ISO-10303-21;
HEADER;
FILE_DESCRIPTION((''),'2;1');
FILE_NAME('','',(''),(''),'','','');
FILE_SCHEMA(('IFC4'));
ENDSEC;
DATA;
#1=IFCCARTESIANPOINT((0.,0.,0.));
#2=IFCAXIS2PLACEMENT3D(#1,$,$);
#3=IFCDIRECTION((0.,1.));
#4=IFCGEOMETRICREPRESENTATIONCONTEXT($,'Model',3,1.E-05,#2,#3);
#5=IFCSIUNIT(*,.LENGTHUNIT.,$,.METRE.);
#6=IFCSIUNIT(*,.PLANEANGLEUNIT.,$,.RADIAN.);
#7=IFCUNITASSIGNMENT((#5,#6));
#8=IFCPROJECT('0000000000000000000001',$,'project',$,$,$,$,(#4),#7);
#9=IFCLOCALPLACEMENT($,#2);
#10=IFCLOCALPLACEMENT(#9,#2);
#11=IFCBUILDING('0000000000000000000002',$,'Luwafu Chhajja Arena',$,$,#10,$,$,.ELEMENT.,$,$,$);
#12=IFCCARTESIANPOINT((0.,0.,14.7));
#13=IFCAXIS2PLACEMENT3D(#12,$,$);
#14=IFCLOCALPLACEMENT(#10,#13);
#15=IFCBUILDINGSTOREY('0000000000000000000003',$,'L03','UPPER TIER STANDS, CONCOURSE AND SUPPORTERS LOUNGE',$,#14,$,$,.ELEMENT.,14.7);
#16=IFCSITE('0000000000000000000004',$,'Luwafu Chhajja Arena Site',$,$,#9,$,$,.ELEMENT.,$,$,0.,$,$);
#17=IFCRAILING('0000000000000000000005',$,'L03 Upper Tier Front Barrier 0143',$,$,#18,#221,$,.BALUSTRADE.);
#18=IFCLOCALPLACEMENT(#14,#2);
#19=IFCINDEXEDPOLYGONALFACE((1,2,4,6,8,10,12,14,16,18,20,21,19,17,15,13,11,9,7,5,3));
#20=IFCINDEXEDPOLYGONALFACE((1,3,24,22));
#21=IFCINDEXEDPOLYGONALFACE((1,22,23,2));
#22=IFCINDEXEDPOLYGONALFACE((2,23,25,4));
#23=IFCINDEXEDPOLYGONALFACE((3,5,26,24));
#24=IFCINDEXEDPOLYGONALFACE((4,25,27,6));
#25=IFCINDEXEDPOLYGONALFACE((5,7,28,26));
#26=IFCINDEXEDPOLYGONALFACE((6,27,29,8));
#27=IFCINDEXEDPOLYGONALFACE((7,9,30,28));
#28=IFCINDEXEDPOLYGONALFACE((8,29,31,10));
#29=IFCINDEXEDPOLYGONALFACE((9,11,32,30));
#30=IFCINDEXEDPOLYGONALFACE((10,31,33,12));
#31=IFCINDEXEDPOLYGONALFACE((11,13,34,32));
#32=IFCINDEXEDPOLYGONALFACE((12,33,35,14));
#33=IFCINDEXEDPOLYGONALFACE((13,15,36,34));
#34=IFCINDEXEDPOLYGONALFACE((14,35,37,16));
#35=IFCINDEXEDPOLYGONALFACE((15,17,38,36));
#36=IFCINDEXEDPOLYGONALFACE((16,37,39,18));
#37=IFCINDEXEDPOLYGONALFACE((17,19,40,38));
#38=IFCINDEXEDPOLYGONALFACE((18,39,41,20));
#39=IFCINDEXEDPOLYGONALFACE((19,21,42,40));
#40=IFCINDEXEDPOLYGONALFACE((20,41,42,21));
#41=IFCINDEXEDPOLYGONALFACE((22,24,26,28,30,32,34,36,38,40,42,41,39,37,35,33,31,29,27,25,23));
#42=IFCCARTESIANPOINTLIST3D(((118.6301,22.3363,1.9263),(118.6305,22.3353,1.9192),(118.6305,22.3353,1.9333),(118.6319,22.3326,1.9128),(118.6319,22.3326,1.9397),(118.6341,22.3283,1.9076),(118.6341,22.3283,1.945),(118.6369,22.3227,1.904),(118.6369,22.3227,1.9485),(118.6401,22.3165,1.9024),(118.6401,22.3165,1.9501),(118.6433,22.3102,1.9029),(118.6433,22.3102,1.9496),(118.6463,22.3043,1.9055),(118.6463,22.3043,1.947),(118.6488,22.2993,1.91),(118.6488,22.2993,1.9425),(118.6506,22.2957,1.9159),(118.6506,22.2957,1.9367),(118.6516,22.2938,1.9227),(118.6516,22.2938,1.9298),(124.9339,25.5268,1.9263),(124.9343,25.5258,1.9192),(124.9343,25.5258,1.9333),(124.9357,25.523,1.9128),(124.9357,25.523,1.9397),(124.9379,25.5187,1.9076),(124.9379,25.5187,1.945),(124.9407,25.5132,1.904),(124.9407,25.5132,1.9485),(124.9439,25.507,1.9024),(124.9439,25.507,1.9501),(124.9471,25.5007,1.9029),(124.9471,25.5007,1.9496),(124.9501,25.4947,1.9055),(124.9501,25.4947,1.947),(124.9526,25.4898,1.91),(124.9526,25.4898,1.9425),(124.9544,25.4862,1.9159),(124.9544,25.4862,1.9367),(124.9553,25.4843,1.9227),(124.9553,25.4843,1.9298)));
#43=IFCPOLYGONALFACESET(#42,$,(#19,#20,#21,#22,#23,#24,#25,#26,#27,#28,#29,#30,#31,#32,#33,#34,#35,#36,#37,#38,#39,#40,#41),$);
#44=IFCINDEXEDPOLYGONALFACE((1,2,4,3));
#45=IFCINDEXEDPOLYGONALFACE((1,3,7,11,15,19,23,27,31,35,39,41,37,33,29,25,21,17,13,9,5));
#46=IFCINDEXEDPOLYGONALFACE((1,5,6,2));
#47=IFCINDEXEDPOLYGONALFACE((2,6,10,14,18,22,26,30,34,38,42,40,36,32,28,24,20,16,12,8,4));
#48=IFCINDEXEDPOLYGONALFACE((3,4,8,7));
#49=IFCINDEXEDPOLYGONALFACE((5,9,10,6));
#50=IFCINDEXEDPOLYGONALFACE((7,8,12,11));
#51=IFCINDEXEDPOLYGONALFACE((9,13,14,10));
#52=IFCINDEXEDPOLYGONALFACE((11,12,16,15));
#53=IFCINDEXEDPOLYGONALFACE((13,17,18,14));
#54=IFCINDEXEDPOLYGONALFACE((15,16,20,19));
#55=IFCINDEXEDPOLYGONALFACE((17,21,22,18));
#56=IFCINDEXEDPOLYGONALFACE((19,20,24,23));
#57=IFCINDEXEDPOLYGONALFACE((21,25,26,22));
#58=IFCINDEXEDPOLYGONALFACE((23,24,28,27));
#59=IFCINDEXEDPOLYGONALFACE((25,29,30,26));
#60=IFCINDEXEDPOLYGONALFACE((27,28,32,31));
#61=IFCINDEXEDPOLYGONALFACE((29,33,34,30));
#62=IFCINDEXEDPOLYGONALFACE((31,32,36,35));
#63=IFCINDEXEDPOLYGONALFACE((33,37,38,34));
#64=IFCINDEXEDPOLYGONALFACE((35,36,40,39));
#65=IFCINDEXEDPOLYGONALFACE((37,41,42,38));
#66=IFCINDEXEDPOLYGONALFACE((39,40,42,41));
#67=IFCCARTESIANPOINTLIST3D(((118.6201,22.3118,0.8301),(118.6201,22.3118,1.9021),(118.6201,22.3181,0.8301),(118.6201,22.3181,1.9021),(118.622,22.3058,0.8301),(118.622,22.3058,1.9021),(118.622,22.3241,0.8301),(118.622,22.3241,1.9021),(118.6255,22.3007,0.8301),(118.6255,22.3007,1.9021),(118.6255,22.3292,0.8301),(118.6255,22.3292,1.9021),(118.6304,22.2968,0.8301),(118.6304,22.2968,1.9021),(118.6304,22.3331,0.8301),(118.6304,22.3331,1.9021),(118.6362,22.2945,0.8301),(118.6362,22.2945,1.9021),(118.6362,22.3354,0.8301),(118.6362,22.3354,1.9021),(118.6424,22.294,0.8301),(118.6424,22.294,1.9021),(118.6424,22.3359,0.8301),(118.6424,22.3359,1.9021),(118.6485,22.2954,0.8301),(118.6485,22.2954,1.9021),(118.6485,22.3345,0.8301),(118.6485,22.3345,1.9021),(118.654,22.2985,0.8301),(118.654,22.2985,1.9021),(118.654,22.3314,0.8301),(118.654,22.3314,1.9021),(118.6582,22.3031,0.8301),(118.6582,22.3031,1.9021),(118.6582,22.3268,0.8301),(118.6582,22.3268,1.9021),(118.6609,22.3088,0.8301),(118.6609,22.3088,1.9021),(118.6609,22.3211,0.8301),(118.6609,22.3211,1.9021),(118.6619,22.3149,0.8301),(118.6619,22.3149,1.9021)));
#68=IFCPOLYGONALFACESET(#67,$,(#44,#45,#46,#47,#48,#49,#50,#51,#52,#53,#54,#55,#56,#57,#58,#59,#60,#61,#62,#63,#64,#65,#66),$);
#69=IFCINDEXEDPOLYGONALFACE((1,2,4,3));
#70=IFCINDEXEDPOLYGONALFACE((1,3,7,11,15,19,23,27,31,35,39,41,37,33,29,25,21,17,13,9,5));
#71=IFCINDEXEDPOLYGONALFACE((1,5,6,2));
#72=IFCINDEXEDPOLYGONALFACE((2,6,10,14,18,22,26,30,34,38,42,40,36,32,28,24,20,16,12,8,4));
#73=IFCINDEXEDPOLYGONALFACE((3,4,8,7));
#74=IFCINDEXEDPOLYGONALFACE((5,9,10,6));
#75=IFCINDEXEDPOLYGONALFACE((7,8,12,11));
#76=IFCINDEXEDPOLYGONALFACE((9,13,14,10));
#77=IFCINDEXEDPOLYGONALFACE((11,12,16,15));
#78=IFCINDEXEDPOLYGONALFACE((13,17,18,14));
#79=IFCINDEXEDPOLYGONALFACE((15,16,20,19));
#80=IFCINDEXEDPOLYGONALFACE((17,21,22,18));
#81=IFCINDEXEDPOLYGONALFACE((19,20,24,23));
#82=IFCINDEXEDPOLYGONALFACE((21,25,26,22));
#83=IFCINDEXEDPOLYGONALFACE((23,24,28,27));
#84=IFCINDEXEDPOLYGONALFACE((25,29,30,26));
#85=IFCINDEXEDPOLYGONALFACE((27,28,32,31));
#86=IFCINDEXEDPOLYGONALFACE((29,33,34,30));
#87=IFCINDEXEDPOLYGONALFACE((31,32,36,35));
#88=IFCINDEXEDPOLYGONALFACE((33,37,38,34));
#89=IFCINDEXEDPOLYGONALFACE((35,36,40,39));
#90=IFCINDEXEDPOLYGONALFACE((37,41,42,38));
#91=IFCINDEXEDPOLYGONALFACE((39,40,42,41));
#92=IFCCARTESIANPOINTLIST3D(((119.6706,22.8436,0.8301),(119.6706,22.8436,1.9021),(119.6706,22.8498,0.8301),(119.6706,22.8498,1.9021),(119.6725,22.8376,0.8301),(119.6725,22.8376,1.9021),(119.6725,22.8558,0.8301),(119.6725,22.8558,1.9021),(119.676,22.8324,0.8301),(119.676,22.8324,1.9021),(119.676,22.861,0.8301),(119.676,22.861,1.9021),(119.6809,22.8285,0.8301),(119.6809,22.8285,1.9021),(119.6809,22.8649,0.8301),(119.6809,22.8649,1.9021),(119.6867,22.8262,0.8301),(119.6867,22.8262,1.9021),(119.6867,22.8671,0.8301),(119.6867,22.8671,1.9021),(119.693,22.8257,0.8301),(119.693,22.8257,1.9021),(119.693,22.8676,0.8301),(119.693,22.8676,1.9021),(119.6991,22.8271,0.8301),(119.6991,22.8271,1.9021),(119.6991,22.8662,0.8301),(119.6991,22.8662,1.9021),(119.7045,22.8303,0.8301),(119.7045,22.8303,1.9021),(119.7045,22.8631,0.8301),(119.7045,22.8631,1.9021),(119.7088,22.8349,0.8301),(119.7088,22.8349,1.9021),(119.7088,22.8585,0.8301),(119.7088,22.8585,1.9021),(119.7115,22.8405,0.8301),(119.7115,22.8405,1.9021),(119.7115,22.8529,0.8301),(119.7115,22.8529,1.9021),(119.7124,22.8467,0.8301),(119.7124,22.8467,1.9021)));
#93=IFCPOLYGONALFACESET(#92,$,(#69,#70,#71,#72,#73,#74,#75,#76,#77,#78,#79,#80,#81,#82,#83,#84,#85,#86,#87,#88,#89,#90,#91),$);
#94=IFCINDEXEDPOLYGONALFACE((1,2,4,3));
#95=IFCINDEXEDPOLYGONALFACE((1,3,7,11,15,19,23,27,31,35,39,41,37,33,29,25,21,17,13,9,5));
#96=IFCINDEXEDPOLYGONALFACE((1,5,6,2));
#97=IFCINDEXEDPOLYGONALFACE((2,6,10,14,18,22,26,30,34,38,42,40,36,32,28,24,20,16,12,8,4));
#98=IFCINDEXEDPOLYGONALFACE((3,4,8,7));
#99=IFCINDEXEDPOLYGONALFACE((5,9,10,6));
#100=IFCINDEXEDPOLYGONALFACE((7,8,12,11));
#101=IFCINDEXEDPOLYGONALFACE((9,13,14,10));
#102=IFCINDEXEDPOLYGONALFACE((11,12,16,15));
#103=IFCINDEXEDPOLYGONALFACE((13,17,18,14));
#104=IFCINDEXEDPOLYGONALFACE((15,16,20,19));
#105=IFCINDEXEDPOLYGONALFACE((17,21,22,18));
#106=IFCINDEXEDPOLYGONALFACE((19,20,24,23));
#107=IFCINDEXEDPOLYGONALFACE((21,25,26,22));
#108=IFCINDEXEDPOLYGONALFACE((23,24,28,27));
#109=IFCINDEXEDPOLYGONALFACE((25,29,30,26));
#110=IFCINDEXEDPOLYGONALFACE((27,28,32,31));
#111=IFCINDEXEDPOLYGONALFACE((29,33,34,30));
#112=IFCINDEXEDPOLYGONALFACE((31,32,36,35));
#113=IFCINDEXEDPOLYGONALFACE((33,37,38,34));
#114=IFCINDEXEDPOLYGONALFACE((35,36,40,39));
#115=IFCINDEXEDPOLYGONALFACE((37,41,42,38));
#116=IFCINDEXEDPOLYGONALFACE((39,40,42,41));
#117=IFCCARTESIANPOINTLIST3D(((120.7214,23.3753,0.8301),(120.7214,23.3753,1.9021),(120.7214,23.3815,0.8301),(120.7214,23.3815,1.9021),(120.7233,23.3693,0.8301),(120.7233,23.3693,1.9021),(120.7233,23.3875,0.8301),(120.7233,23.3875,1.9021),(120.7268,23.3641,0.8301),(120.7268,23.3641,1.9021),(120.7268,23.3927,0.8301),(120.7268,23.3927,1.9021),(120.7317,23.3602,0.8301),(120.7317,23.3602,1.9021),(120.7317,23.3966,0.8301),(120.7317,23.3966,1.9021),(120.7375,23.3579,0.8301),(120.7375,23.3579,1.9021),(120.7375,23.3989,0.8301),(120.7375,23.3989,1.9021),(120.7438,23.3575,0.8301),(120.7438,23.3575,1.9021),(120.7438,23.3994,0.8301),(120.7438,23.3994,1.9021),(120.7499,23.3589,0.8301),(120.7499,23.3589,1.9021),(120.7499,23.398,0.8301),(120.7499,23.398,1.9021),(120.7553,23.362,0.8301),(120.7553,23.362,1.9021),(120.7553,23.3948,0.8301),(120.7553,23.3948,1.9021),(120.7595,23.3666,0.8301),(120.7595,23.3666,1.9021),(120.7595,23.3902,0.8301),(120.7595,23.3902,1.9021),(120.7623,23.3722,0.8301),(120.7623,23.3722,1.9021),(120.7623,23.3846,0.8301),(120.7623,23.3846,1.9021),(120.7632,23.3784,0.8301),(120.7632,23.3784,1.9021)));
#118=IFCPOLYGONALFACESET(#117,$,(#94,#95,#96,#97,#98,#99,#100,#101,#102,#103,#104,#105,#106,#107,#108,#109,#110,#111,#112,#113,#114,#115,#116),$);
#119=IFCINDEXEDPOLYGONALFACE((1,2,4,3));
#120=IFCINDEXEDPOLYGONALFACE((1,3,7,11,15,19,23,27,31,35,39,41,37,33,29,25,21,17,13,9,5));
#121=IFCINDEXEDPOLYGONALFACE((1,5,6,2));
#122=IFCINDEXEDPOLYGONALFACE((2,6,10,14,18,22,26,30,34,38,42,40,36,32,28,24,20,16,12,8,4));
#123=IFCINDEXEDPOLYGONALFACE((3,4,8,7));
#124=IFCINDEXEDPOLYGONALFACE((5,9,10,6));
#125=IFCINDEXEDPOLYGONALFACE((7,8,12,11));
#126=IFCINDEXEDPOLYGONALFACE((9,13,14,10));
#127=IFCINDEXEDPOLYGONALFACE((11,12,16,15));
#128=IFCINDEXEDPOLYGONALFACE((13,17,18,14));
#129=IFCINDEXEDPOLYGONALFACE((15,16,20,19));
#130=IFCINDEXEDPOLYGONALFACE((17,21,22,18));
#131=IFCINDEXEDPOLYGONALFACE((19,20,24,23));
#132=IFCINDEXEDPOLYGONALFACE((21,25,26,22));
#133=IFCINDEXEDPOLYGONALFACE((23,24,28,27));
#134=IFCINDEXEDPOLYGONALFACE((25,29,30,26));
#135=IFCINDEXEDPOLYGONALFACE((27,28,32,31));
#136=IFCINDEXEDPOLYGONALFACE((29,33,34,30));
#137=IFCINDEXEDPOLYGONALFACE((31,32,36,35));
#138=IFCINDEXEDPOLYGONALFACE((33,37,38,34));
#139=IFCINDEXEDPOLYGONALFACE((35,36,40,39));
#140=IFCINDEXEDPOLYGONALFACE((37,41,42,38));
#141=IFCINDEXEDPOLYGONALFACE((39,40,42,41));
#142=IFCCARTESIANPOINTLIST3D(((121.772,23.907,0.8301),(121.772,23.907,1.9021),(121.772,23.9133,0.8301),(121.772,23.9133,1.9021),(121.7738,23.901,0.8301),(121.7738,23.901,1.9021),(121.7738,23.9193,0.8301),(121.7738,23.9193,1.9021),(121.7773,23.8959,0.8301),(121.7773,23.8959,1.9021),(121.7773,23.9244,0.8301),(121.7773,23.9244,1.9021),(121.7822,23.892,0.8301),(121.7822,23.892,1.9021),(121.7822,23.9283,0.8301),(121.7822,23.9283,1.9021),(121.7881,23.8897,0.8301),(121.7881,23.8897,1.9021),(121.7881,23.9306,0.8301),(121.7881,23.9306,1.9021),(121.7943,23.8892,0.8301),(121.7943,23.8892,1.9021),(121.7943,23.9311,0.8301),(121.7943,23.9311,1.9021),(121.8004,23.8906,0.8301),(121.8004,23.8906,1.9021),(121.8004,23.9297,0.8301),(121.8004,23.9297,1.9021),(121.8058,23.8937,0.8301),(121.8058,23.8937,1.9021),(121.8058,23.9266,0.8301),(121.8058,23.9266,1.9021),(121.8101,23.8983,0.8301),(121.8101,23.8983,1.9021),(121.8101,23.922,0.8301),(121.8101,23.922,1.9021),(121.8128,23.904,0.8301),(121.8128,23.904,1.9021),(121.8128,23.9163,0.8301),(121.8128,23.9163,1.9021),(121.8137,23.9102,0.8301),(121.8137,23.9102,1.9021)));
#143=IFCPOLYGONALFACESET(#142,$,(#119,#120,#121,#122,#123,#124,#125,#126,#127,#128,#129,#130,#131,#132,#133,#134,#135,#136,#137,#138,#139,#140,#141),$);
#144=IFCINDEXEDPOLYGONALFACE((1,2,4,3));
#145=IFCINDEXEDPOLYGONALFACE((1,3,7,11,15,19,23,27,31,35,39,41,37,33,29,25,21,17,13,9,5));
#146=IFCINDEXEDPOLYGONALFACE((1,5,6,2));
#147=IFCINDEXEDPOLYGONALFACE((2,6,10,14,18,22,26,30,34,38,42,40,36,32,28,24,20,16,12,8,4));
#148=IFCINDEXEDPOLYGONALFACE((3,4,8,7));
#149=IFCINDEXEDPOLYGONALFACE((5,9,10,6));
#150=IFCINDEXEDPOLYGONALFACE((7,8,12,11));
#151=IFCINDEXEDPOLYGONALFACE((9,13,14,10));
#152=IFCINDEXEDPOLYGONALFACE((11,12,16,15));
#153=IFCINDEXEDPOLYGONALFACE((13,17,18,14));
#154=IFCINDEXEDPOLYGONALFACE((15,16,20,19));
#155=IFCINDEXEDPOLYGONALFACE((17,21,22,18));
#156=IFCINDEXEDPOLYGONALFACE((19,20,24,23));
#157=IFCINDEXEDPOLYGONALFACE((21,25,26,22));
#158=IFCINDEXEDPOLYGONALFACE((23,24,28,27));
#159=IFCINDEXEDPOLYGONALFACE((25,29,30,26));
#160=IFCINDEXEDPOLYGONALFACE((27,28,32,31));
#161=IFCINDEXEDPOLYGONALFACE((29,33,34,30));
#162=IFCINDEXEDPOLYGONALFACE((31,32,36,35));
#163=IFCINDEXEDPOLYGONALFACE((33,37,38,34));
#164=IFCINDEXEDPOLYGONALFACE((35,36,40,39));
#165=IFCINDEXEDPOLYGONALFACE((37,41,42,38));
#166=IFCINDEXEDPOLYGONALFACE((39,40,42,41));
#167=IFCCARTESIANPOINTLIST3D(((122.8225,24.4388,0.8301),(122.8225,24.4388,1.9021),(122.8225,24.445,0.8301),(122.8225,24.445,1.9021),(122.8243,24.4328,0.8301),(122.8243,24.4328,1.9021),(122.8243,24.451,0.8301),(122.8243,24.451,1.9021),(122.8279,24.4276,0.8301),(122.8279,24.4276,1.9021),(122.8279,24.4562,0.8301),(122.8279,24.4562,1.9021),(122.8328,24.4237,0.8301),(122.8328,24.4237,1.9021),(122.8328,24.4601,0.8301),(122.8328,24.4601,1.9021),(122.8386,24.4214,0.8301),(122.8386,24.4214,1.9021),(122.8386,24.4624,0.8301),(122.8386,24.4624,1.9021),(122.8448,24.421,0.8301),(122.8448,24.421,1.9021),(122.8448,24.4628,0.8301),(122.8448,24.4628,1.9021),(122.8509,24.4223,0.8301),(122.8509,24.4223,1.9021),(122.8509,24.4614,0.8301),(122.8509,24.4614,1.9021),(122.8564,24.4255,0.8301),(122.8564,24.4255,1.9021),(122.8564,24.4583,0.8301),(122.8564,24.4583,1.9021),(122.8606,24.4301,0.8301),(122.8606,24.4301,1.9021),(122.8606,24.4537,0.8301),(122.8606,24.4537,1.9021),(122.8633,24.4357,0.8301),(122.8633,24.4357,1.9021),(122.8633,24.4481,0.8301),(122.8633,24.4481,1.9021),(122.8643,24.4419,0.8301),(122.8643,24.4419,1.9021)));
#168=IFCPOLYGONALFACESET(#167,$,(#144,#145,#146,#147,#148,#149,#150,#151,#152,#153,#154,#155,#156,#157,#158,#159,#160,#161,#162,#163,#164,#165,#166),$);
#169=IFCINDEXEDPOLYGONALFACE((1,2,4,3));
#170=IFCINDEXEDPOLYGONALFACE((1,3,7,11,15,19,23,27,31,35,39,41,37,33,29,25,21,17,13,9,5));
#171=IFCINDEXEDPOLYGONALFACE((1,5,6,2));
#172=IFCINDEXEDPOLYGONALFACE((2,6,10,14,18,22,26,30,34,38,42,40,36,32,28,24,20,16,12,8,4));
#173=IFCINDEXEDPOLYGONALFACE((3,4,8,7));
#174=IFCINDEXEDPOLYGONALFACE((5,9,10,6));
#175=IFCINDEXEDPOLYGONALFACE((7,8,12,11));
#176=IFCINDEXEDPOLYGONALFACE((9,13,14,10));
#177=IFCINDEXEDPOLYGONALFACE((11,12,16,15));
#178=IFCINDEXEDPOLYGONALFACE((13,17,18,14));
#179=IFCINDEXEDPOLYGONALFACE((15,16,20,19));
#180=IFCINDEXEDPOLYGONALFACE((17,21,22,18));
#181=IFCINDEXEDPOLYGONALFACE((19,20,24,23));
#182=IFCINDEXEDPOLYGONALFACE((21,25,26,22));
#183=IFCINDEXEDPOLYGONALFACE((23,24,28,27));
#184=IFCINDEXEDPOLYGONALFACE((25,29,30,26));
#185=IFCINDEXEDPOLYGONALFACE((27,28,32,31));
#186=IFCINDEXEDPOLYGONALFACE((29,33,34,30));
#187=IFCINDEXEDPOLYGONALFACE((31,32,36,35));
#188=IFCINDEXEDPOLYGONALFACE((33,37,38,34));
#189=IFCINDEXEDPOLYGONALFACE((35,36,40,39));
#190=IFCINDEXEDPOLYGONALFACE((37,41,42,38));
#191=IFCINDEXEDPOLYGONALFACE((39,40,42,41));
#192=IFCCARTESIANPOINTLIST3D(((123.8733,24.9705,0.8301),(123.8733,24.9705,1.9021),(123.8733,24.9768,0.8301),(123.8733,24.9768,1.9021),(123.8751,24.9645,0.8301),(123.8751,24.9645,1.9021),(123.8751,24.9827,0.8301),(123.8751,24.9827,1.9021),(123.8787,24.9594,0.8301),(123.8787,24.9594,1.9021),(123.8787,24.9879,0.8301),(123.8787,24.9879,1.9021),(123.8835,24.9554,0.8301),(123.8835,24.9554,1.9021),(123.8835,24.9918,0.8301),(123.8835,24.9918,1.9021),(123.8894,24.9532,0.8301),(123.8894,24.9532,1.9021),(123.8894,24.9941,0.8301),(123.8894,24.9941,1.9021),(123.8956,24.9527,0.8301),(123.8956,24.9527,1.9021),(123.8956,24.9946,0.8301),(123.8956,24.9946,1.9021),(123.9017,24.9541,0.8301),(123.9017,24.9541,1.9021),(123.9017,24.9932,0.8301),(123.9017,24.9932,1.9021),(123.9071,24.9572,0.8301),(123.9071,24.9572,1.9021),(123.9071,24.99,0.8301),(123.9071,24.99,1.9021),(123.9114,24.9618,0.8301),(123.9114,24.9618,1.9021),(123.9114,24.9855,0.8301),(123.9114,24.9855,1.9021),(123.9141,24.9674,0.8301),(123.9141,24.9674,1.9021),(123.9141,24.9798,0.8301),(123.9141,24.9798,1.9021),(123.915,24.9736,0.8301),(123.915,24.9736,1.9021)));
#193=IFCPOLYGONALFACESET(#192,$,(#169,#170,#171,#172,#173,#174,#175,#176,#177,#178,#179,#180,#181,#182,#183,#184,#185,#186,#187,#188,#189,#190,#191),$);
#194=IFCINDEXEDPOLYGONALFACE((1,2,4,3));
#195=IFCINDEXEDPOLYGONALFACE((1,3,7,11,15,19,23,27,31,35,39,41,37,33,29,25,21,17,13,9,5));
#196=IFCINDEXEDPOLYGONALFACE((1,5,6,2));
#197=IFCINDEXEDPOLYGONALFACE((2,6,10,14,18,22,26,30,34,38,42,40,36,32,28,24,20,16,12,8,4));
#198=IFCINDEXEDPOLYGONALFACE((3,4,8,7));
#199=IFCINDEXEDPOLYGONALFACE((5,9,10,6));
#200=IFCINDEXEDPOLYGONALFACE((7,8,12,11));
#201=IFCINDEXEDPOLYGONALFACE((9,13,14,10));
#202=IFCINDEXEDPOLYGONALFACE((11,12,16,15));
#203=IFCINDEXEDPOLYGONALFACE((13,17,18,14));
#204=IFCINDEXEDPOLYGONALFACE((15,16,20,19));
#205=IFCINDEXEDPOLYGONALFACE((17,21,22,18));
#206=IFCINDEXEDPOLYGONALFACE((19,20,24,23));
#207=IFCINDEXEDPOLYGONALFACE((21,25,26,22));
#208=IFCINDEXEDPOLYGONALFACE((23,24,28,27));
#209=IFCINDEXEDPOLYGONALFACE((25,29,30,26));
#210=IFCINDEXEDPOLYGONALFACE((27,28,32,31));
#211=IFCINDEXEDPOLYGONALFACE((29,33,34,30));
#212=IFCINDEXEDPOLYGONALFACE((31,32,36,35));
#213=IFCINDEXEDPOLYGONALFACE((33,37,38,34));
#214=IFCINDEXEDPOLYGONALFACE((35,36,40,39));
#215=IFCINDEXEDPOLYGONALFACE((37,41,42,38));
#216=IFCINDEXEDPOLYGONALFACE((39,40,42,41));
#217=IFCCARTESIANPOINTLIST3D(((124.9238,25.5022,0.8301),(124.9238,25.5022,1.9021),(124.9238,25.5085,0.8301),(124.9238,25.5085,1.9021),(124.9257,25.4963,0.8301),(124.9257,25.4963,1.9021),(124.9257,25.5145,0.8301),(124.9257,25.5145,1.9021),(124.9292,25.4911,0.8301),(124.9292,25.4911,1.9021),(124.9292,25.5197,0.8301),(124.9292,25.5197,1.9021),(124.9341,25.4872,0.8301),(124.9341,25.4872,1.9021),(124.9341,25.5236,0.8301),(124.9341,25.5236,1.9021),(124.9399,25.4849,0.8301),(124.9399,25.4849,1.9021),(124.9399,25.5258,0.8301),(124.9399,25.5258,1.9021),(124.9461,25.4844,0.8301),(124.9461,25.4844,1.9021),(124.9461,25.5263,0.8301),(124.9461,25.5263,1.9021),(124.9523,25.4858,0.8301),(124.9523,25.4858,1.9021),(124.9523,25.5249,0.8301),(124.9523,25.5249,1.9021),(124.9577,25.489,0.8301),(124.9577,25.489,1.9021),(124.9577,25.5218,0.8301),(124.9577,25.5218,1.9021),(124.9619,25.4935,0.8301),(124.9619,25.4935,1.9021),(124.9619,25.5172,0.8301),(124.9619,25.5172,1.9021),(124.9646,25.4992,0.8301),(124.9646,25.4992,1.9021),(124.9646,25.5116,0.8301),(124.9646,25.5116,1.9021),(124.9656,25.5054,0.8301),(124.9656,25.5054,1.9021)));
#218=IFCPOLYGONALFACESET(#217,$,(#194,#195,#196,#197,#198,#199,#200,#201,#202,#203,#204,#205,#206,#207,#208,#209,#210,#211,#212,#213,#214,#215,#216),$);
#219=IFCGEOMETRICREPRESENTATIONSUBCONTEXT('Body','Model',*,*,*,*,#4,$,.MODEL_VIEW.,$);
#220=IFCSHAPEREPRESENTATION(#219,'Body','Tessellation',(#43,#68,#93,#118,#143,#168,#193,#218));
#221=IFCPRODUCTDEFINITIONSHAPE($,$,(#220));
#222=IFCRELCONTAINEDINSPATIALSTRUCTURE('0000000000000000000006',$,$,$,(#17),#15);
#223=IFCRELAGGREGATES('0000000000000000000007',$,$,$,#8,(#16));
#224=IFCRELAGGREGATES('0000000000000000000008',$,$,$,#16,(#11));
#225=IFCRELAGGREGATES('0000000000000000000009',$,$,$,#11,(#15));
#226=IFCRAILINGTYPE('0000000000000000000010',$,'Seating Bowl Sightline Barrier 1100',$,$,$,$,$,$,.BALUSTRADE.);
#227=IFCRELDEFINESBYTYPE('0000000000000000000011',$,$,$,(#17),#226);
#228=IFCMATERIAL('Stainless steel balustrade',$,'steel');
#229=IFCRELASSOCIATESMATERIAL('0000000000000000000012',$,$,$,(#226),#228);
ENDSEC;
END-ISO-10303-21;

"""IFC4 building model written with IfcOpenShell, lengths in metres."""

from ifc_helpers import new_model, si_unit, direction, frame, origin, origin_2d, place, context, subcontext, project, spatial, circle, extrude, material, type_object, element, save


model = new_model("IFC4")

# Units and contexts
model_context = context("Model", 3, precision=1e-05, world=origin(), true_north=direction((0.0, 1.0)))
body_context = subcontext(model_context, "Body", "Model", "MODEL_VIEW")
ifc_project = project(units=[si_unit("LENGTHUNIT", "METRE"), si_unit("PLANEANGLEUNIT", "RADIAN")], contexts=[model_context])

# Site, building, storey
site_placement = place(None, origin())
site = spatial("IfcSite", under=ifc_project, at=site_placement, Name="Luwafu Chhajja Arena Site", CompositionType="ELEMENT", RefElevation=0.0)
building_placement = place(site_placement, origin())
building = spatial("IfcBuilding", under=site, at=building_placement, Name="Luwafu Chhajja Arena", CompositionType="ELEMENT")
storey_placement = place(building_placement, frame((0.0, 0.0, 14.7)))
storey = spatial("IfcBuildingStorey", under=building, at=storey_placement, Name="L03", Description="UPPER TIER STANDS, CONCOURSE AND SUPPORTERS LOUNGE", CompositionType="ELEMENT", Elevation=14.7)

# Railing
ifc_material_1 = material(Name="Stainless steel balustrade", Category="steel")
railing_type = type_object("IfcRailingType", Name="Seating Bowl Sightline Barrier 1100", PredefinedType="BALUSTRADE", material=ifc_material_1)
railing_1_placement = place(storey_placement, frame((118.6409, 22.3149, 0.8301)))
element("IfcRailing", 1, at=railing_1_placement, inside=storey, type_object=railing_type, Name="L03 Upper Tier Front Barrier 0143", PredefinedType="BALUSTRADE", context=body_context, shape_type="SweptSolid", body=[
    extrude(circle(Radius=0.0239, at=origin_2d()), frame((0.0, 0.0, 1.0962), z_axis=(0.892233, 0.451576, 0.0), x_axis=(-0.451576, 0.892233, 0.0)), (0.0, 0.0, 1.0), 7.0652),
    extrude(circle(Radius=0.021, at=origin_2d()), origin(), (0.0, 0.0, 1.0), 1.072),
    extrude(circle(Radius=0.021, at=origin_2d()), frame((1.0505, 0.5317, 0.0)), (0.0, 0.0, 1.0), 1.072),
    extrude(circle(Radius=0.021, at=origin_2d()), frame((2.1013, 1.0635, 0.0)), (0.0, 0.0, 1.0), 1.072),
    extrude(circle(Radius=0.021, at=origin_2d()), frame((3.1519, 1.5952, 0.0)), (0.0, 0.0, 1.0), 1.072),
    extrude(circle(Radius=0.021, at=origin_2d()), frame((4.2024, 2.127, 0.0)), (0.0, 0.0, 1.0), 1.072),
    extrude(circle(Radius=0.021, at=origin_2d()), frame((5.2532, 2.6587, 0.0)), (0.0, 0.0, 1.0), 1.072),
    extrude(circle(Radius=0.021, at=origin_2d()), frame((6.3037, 3.1904, 0.0)), (0.0, 0.0, 1.0), 1.072),
])

save(model, "model.ifc")
